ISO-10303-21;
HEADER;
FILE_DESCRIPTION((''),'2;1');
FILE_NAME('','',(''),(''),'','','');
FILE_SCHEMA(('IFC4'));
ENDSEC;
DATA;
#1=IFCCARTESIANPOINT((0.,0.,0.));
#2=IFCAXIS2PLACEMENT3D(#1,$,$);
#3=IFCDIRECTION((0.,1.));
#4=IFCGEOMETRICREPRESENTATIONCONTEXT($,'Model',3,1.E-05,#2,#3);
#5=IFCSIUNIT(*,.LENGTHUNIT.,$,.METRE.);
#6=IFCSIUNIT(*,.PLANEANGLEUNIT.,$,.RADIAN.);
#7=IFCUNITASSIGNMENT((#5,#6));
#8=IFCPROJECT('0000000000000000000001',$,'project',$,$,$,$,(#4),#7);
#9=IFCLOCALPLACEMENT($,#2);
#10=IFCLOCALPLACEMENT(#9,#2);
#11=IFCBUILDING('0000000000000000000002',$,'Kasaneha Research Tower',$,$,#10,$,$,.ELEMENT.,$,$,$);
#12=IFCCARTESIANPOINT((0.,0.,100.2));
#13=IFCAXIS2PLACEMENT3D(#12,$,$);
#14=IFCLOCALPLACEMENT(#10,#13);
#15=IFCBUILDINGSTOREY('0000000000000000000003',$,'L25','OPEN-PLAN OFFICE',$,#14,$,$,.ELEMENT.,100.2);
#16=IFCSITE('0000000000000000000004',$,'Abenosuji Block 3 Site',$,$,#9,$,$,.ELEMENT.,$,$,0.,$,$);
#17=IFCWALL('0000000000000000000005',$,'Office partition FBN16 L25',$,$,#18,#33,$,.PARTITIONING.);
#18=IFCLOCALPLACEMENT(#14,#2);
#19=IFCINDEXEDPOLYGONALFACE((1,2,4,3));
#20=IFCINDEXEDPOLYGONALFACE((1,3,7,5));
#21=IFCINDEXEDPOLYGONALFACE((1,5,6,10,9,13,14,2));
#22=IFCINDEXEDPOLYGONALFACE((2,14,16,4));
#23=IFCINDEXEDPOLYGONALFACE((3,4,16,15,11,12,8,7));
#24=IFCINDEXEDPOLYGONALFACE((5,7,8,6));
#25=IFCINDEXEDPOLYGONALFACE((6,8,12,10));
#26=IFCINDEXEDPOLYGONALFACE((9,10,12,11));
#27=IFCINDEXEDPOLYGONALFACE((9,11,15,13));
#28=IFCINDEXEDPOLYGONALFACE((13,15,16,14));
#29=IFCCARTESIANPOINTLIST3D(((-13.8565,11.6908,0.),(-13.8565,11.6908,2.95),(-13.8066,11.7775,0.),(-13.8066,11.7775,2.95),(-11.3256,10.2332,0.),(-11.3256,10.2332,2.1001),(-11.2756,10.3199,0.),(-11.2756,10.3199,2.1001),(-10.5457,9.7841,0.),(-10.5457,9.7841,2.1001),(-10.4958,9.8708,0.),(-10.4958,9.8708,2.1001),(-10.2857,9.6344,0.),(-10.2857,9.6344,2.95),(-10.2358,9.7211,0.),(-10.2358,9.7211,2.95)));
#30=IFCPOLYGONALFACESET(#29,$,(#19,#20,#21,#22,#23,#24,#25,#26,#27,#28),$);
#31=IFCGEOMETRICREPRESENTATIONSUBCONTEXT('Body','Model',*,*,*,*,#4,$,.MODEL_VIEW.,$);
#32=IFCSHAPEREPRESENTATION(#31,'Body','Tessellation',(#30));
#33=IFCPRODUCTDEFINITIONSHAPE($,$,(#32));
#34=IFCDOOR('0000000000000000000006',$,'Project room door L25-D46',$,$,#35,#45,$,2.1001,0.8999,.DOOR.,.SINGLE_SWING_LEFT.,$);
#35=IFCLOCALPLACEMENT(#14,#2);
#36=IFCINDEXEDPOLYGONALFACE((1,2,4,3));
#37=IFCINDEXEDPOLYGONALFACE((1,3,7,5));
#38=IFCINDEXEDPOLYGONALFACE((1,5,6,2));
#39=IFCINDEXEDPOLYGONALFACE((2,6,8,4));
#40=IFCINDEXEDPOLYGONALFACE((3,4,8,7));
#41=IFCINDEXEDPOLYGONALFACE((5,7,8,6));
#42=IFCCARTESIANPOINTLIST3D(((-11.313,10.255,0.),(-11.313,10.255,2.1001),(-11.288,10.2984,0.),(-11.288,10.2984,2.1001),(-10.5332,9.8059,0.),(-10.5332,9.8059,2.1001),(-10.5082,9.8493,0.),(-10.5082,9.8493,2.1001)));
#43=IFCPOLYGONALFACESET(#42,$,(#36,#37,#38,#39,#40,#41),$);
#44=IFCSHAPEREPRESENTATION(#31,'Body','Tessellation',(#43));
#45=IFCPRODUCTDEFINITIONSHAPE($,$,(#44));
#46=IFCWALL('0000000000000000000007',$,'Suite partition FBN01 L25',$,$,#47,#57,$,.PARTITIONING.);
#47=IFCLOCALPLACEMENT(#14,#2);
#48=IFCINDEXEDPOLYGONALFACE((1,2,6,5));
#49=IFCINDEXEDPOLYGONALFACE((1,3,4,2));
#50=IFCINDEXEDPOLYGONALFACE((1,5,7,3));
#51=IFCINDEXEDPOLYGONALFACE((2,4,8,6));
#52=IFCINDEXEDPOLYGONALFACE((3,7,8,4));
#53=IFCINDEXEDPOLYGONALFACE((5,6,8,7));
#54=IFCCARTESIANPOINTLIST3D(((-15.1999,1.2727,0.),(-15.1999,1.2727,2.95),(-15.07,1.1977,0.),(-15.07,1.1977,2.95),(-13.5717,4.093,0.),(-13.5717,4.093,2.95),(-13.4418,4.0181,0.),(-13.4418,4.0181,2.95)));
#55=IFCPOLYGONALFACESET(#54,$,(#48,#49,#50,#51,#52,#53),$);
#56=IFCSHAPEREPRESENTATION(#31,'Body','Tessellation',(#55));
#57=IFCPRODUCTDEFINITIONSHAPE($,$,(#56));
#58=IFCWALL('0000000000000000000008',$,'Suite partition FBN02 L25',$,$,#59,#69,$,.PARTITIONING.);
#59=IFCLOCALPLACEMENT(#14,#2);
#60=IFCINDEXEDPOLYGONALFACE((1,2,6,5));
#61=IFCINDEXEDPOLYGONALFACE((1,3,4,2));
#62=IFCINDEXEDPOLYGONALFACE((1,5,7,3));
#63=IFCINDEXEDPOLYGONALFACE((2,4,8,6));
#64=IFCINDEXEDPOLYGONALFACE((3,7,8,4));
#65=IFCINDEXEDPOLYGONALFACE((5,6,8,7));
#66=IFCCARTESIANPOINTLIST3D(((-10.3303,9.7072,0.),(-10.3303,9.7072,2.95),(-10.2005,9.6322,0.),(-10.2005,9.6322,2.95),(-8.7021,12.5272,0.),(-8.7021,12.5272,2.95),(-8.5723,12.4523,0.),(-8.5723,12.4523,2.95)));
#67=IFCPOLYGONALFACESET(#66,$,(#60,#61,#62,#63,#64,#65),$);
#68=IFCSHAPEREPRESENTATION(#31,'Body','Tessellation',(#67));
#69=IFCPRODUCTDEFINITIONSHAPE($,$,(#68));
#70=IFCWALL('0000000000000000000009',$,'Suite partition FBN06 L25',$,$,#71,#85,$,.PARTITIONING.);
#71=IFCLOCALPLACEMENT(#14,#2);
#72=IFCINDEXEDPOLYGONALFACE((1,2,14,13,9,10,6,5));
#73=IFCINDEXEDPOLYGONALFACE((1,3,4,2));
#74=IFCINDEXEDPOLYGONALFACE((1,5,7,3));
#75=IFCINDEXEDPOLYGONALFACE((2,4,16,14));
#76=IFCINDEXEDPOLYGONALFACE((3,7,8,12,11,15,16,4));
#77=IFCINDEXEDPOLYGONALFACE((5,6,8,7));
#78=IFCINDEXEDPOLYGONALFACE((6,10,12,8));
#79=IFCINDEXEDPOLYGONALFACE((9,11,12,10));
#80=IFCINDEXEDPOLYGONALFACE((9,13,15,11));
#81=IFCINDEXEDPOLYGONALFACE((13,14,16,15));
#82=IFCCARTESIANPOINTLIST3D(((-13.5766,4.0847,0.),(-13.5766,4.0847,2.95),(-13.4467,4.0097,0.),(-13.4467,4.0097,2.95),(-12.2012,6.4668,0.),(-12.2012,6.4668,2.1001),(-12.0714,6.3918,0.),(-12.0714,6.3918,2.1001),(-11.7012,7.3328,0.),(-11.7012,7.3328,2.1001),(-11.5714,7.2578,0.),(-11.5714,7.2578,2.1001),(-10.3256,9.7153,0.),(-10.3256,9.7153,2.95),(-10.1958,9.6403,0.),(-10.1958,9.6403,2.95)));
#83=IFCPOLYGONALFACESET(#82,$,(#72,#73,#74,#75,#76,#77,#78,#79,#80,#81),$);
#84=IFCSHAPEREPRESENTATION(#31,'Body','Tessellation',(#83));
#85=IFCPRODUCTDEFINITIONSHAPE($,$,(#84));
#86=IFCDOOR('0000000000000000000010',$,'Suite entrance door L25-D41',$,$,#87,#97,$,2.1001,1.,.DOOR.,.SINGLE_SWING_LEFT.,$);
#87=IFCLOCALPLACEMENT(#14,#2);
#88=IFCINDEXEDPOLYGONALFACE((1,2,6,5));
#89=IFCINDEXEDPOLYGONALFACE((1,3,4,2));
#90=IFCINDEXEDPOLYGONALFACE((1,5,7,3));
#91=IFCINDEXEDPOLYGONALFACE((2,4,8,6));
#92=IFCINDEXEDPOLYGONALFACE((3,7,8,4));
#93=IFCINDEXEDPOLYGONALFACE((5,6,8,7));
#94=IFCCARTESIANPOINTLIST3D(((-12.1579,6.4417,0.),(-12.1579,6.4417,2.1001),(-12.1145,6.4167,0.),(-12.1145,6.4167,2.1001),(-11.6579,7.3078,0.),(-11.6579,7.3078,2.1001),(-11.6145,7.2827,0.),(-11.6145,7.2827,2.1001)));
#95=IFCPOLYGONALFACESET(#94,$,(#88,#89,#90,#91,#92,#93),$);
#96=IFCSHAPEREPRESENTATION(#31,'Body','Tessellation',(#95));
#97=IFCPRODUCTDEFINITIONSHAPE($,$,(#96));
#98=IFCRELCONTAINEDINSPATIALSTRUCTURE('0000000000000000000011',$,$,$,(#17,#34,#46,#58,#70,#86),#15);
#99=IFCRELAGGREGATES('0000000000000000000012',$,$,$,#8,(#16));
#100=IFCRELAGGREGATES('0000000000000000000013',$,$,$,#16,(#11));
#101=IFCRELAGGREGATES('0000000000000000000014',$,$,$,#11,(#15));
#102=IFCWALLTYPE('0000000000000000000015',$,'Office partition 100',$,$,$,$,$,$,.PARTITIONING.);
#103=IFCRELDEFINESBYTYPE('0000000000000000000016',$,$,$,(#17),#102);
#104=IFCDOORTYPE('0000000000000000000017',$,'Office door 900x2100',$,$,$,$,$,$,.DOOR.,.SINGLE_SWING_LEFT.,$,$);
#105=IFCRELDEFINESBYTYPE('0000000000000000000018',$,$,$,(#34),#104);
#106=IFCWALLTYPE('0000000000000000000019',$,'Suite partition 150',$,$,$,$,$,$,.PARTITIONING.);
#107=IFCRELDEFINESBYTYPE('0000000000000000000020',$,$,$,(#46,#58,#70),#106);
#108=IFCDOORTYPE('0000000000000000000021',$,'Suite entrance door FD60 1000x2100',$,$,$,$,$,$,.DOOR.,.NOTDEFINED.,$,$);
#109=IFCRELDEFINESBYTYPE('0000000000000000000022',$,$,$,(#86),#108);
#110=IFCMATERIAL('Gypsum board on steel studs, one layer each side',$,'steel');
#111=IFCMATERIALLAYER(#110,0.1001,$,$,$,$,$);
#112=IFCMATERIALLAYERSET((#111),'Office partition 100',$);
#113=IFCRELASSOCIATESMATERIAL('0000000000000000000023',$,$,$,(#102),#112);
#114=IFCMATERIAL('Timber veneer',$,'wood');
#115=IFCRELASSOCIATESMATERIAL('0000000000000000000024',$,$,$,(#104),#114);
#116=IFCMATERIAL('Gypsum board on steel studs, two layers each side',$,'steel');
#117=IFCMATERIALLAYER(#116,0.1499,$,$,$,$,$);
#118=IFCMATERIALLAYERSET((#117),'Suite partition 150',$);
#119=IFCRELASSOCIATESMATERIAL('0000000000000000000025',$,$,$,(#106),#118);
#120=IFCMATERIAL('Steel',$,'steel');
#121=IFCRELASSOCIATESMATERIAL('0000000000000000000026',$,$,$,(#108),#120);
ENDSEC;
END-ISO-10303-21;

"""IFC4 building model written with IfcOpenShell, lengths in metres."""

from ifc_helpers import new_model, si_unit, direction, frame, frame_2d, origin, place, context, subcontext, project, spatial, rectangle, extrude, material, layer, layer_set, type_object, element, fill, save


model = new_model("IFC4")

# Units and contexts
model_context = context("Model", 3, precision=1e-05, world=origin(), true_north=direction((0.0, 1.0)))
body_context = subcontext(model_context, "Body", "Model", "MODEL_VIEW")
ifc_project = project(units=[si_unit("LENGTHUNIT", "METRE"), si_unit("PLANEANGLEUNIT", "RADIAN")], contexts=[model_context])

# Site, building, storey
site_placement = place(None, origin())
site = spatial("IfcSite", under=ifc_project, at=site_placement, Name="Abenosuji Block 3 Site", CompositionType="ELEMENT", RefElevation=0.0)
building_placement = place(site_placement, origin())
building = spatial("IfcBuilding", under=site, at=building_placement, Name="Kasaneha Research Tower", CompositionType="ELEMENT")
storey_placement = place(building_placement, frame((0.0, 0.0, 100.2)))
storey = spatial("IfcBuildingStorey", under=building, at=storey_placement, Name="L25", Description="OPEN-PLAN OFFICE", CompositionType="ELEMENT", Elevation=100.2)

# Shared definitions
ifc_material_1 = material(Name="Gypsum board on steel studs, one layer each side", Category="steel")
ifc_layer_1 = layer(ifc_material_1, 0.1001)
ifc_layer_set_1 = layer_set([ifc_layer_1], Name="Office partition 100")
wall_type_1 = type_object("IfcWallType", Name="Office partition 100", PredefinedType="PARTITIONING", material=ifc_layer_set_1)

# Wall, opening, door
wall_1_placement = place(storey_placement, frame((-10.2607, 9.6777, 0.0), z_axis=(0.0, 0.0, 1.0), x_axis=(-0.866572, 0.499052, 0.0)))
wall_1 = element("IfcWall", 1, at=wall_1_placement, inside=storey, type_object=wall_type_1, Name="Office partition FBN16 L25", PredefinedType="PARTITIONING", context=body_context, shape_type="SweptSolid", body=[
    extrude(rectangle(XDim=4.1206, YDim=0.1001, at=frame_2d((2.0603, 0.0))), origin(), (0.0, 0.0, 1.0), 2.95),
])
opening_1_placement = place(wall_1_placement, frame((0.3, 0.0, 0.0)))
opening_1 = element("IfcOpeningElement", 2, at=opening_1_placement, cuts=wall_1, PredefinedType="OPENING", context=body_context, shape_type="SweptSolid", body=[
    extrude(rectangle(XDim=0.8999, YDim=2.1001, at=frame_2d((0.45, 1.05))), frame((0.0, 0.0601, 0.0), z_axis=(0.0, -1.0, 0.0), x_axis=(1.0, 0.0, 0.0)), (0.0, 0.0, 1.0), 0.1201),
])
ifc_material_2 = material(Name="Timber veneer", Category="wood")
door_type_1 = type_object("IfcDoorType", Name="Office door 900x2100", OperationType="SINGLE_SWING_LEFT", PredefinedType="DOOR", material=ifc_material_2)
door_1_placement = place(opening_1_placement, origin())
door_1 = element("IfcDoor", 3, at=door_1_placement, inside=storey, type_object=door_type_1, Name="Project room door L25-D46", OperationType="SINGLE_SWING_LEFT", OverallHeight=2.1001, OverallWidth=0.8999, PredefinedType="DOOR", context=body_context, shape_type="SweptSolid", body=[
    extrude(rectangle(XDim=0.8999, YDim=2.1001, at=frame_2d((0.45, 1.05))), frame((0.0, 0.0249, 0.0), z_axis=(0.0, -1.0, 0.0), x_axis=(1.0, 0.0, 0.0)), (0.0, 0.0, 1.0), 0.05),
])
fill(opening_1, door_1)

# Walls
ifc_material_3 = material(Name="Gypsum board on steel studs, two layers each side", Category="steel")
ifc_layer_2 = layer(ifc_material_3, 0.1499)
ifc_layer_set_2 = layer_set([ifc_layer_2], Name="Suite partition 150")
wall_type_2 = type_object("IfcWallType", Name="Suite partition 150", PredefinedType="PARTITIONING", material=ifc_layer_set_2)
wall_2_placement = place(storey_placement, frame((-15.135, 1.2351, 0.0), z_axis=(0.0, 0.0, 1.0), x_axis=(0.499969, 0.866043, 0.0)))
element("IfcWall", 4, at=wall_2_placement, inside=storey, type_object=wall_type_2, Name="Suite partition FBN01 L25", PredefinedType="PARTITIONING", context=body_context, shape_type="SweptSolid", body=[
    extrude(rectangle(XDim=3.2566, YDim=0.1499, at=frame_2d((1.6284, 0.0))), origin(), (0.0, 0.0, 1.0), 2.95),
])
wall_3_placement = place(storey_placement, frame((-10.2654, 9.6697, 0.0), z_axis=(0.0, 0.0, 1.0), x_axis=(0.500002, 0.866025, 0.0)))
element("IfcWall", 5, at=wall_3_placement, inside=storey, type_object=wall_type_2, Name="Suite partition FBN02 L25", PredefinedType="PARTITIONING", context=body_context, shape_type="SweptSolid", body=[
    extrude(rectangle(XDim=3.2563, YDim=0.1499, at=frame_2d((1.6282, 0.0))), origin(), (0.0, 0.0, 1.0), 2.95),
])

# Wall, opening, door
wall_4_placement = place(storey_placement, frame((-13.5117, 4.0471, 0.0), z_axis=(0.0, 0.0, 1.0), x_axis=(0.500016, 0.866016, 0.0)))
wall_4 = element("IfcWall", 6, at=wall_4_placement, inside=storey, type_object=wall_type_2, Name="Suite partition FBN06 L25", PredefinedType="PARTITIONING", context=body_context, shape_type="SweptSolid", body=[
    extrude(rectangle(XDim=6.5017, YDim=0.1499, at=frame_2d((3.251, 0.0))), origin(), (0.0, 0.0, 1.0), 2.95),
])
opening_2_placement = place(wall_4_placement, frame((2.7507, 0.0, 0.0)))
opening_2 = element("IfcOpeningElement", 7, at=opening_2_placement, cuts=wall_4, PredefinedType="OPENING", context=body_context, shape_type="SweptSolid", body=[
    extrude(rectangle(XDim=1.0, YDim=2.1001, at=frame_2d((0.5, 1.05))), frame((0.0, 0.085, 0.0), z_axis=(0.0, -1.0, 0.0), x_axis=(1.0, 0.0, 0.0)), (0.0, 0.0, 1.0), 0.1699),
])
ifc_material_4 = material(Name="Steel", Category="steel")
door_type_2 = type_object("IfcDoorType", Name="Suite entrance door FD60 1000x2100", OperationType="NOTDEFINED", PredefinedType="DOOR", material=ifc_material_4)
door_2_placement = place(opening_2_placement, origin())
door_2 = element("IfcDoor", 8, at=door_2_placement, inside=storey, type_object=door_type_2, Name="Suite entrance door L25-D41", OperationType="SINGLE_SWING_LEFT", OverallHeight=2.1001, OverallWidth=1.0, PredefinedType="DOOR", context=body_context, shape_type="SweptSolid", body=[
    extrude(rectangle(XDim=1.0, YDim=2.1001, at=frame_2d((0.5, 1.05))), frame((0.0, 0.0249, 0.0), z_axis=(0.0, -1.0, 0.0), x_axis=(1.0, 0.0, 0.0)), (0.0, 0.0, 1.0), 0.05),
])
fill(opening_2, door_2)

save(model, "model.ifc")
